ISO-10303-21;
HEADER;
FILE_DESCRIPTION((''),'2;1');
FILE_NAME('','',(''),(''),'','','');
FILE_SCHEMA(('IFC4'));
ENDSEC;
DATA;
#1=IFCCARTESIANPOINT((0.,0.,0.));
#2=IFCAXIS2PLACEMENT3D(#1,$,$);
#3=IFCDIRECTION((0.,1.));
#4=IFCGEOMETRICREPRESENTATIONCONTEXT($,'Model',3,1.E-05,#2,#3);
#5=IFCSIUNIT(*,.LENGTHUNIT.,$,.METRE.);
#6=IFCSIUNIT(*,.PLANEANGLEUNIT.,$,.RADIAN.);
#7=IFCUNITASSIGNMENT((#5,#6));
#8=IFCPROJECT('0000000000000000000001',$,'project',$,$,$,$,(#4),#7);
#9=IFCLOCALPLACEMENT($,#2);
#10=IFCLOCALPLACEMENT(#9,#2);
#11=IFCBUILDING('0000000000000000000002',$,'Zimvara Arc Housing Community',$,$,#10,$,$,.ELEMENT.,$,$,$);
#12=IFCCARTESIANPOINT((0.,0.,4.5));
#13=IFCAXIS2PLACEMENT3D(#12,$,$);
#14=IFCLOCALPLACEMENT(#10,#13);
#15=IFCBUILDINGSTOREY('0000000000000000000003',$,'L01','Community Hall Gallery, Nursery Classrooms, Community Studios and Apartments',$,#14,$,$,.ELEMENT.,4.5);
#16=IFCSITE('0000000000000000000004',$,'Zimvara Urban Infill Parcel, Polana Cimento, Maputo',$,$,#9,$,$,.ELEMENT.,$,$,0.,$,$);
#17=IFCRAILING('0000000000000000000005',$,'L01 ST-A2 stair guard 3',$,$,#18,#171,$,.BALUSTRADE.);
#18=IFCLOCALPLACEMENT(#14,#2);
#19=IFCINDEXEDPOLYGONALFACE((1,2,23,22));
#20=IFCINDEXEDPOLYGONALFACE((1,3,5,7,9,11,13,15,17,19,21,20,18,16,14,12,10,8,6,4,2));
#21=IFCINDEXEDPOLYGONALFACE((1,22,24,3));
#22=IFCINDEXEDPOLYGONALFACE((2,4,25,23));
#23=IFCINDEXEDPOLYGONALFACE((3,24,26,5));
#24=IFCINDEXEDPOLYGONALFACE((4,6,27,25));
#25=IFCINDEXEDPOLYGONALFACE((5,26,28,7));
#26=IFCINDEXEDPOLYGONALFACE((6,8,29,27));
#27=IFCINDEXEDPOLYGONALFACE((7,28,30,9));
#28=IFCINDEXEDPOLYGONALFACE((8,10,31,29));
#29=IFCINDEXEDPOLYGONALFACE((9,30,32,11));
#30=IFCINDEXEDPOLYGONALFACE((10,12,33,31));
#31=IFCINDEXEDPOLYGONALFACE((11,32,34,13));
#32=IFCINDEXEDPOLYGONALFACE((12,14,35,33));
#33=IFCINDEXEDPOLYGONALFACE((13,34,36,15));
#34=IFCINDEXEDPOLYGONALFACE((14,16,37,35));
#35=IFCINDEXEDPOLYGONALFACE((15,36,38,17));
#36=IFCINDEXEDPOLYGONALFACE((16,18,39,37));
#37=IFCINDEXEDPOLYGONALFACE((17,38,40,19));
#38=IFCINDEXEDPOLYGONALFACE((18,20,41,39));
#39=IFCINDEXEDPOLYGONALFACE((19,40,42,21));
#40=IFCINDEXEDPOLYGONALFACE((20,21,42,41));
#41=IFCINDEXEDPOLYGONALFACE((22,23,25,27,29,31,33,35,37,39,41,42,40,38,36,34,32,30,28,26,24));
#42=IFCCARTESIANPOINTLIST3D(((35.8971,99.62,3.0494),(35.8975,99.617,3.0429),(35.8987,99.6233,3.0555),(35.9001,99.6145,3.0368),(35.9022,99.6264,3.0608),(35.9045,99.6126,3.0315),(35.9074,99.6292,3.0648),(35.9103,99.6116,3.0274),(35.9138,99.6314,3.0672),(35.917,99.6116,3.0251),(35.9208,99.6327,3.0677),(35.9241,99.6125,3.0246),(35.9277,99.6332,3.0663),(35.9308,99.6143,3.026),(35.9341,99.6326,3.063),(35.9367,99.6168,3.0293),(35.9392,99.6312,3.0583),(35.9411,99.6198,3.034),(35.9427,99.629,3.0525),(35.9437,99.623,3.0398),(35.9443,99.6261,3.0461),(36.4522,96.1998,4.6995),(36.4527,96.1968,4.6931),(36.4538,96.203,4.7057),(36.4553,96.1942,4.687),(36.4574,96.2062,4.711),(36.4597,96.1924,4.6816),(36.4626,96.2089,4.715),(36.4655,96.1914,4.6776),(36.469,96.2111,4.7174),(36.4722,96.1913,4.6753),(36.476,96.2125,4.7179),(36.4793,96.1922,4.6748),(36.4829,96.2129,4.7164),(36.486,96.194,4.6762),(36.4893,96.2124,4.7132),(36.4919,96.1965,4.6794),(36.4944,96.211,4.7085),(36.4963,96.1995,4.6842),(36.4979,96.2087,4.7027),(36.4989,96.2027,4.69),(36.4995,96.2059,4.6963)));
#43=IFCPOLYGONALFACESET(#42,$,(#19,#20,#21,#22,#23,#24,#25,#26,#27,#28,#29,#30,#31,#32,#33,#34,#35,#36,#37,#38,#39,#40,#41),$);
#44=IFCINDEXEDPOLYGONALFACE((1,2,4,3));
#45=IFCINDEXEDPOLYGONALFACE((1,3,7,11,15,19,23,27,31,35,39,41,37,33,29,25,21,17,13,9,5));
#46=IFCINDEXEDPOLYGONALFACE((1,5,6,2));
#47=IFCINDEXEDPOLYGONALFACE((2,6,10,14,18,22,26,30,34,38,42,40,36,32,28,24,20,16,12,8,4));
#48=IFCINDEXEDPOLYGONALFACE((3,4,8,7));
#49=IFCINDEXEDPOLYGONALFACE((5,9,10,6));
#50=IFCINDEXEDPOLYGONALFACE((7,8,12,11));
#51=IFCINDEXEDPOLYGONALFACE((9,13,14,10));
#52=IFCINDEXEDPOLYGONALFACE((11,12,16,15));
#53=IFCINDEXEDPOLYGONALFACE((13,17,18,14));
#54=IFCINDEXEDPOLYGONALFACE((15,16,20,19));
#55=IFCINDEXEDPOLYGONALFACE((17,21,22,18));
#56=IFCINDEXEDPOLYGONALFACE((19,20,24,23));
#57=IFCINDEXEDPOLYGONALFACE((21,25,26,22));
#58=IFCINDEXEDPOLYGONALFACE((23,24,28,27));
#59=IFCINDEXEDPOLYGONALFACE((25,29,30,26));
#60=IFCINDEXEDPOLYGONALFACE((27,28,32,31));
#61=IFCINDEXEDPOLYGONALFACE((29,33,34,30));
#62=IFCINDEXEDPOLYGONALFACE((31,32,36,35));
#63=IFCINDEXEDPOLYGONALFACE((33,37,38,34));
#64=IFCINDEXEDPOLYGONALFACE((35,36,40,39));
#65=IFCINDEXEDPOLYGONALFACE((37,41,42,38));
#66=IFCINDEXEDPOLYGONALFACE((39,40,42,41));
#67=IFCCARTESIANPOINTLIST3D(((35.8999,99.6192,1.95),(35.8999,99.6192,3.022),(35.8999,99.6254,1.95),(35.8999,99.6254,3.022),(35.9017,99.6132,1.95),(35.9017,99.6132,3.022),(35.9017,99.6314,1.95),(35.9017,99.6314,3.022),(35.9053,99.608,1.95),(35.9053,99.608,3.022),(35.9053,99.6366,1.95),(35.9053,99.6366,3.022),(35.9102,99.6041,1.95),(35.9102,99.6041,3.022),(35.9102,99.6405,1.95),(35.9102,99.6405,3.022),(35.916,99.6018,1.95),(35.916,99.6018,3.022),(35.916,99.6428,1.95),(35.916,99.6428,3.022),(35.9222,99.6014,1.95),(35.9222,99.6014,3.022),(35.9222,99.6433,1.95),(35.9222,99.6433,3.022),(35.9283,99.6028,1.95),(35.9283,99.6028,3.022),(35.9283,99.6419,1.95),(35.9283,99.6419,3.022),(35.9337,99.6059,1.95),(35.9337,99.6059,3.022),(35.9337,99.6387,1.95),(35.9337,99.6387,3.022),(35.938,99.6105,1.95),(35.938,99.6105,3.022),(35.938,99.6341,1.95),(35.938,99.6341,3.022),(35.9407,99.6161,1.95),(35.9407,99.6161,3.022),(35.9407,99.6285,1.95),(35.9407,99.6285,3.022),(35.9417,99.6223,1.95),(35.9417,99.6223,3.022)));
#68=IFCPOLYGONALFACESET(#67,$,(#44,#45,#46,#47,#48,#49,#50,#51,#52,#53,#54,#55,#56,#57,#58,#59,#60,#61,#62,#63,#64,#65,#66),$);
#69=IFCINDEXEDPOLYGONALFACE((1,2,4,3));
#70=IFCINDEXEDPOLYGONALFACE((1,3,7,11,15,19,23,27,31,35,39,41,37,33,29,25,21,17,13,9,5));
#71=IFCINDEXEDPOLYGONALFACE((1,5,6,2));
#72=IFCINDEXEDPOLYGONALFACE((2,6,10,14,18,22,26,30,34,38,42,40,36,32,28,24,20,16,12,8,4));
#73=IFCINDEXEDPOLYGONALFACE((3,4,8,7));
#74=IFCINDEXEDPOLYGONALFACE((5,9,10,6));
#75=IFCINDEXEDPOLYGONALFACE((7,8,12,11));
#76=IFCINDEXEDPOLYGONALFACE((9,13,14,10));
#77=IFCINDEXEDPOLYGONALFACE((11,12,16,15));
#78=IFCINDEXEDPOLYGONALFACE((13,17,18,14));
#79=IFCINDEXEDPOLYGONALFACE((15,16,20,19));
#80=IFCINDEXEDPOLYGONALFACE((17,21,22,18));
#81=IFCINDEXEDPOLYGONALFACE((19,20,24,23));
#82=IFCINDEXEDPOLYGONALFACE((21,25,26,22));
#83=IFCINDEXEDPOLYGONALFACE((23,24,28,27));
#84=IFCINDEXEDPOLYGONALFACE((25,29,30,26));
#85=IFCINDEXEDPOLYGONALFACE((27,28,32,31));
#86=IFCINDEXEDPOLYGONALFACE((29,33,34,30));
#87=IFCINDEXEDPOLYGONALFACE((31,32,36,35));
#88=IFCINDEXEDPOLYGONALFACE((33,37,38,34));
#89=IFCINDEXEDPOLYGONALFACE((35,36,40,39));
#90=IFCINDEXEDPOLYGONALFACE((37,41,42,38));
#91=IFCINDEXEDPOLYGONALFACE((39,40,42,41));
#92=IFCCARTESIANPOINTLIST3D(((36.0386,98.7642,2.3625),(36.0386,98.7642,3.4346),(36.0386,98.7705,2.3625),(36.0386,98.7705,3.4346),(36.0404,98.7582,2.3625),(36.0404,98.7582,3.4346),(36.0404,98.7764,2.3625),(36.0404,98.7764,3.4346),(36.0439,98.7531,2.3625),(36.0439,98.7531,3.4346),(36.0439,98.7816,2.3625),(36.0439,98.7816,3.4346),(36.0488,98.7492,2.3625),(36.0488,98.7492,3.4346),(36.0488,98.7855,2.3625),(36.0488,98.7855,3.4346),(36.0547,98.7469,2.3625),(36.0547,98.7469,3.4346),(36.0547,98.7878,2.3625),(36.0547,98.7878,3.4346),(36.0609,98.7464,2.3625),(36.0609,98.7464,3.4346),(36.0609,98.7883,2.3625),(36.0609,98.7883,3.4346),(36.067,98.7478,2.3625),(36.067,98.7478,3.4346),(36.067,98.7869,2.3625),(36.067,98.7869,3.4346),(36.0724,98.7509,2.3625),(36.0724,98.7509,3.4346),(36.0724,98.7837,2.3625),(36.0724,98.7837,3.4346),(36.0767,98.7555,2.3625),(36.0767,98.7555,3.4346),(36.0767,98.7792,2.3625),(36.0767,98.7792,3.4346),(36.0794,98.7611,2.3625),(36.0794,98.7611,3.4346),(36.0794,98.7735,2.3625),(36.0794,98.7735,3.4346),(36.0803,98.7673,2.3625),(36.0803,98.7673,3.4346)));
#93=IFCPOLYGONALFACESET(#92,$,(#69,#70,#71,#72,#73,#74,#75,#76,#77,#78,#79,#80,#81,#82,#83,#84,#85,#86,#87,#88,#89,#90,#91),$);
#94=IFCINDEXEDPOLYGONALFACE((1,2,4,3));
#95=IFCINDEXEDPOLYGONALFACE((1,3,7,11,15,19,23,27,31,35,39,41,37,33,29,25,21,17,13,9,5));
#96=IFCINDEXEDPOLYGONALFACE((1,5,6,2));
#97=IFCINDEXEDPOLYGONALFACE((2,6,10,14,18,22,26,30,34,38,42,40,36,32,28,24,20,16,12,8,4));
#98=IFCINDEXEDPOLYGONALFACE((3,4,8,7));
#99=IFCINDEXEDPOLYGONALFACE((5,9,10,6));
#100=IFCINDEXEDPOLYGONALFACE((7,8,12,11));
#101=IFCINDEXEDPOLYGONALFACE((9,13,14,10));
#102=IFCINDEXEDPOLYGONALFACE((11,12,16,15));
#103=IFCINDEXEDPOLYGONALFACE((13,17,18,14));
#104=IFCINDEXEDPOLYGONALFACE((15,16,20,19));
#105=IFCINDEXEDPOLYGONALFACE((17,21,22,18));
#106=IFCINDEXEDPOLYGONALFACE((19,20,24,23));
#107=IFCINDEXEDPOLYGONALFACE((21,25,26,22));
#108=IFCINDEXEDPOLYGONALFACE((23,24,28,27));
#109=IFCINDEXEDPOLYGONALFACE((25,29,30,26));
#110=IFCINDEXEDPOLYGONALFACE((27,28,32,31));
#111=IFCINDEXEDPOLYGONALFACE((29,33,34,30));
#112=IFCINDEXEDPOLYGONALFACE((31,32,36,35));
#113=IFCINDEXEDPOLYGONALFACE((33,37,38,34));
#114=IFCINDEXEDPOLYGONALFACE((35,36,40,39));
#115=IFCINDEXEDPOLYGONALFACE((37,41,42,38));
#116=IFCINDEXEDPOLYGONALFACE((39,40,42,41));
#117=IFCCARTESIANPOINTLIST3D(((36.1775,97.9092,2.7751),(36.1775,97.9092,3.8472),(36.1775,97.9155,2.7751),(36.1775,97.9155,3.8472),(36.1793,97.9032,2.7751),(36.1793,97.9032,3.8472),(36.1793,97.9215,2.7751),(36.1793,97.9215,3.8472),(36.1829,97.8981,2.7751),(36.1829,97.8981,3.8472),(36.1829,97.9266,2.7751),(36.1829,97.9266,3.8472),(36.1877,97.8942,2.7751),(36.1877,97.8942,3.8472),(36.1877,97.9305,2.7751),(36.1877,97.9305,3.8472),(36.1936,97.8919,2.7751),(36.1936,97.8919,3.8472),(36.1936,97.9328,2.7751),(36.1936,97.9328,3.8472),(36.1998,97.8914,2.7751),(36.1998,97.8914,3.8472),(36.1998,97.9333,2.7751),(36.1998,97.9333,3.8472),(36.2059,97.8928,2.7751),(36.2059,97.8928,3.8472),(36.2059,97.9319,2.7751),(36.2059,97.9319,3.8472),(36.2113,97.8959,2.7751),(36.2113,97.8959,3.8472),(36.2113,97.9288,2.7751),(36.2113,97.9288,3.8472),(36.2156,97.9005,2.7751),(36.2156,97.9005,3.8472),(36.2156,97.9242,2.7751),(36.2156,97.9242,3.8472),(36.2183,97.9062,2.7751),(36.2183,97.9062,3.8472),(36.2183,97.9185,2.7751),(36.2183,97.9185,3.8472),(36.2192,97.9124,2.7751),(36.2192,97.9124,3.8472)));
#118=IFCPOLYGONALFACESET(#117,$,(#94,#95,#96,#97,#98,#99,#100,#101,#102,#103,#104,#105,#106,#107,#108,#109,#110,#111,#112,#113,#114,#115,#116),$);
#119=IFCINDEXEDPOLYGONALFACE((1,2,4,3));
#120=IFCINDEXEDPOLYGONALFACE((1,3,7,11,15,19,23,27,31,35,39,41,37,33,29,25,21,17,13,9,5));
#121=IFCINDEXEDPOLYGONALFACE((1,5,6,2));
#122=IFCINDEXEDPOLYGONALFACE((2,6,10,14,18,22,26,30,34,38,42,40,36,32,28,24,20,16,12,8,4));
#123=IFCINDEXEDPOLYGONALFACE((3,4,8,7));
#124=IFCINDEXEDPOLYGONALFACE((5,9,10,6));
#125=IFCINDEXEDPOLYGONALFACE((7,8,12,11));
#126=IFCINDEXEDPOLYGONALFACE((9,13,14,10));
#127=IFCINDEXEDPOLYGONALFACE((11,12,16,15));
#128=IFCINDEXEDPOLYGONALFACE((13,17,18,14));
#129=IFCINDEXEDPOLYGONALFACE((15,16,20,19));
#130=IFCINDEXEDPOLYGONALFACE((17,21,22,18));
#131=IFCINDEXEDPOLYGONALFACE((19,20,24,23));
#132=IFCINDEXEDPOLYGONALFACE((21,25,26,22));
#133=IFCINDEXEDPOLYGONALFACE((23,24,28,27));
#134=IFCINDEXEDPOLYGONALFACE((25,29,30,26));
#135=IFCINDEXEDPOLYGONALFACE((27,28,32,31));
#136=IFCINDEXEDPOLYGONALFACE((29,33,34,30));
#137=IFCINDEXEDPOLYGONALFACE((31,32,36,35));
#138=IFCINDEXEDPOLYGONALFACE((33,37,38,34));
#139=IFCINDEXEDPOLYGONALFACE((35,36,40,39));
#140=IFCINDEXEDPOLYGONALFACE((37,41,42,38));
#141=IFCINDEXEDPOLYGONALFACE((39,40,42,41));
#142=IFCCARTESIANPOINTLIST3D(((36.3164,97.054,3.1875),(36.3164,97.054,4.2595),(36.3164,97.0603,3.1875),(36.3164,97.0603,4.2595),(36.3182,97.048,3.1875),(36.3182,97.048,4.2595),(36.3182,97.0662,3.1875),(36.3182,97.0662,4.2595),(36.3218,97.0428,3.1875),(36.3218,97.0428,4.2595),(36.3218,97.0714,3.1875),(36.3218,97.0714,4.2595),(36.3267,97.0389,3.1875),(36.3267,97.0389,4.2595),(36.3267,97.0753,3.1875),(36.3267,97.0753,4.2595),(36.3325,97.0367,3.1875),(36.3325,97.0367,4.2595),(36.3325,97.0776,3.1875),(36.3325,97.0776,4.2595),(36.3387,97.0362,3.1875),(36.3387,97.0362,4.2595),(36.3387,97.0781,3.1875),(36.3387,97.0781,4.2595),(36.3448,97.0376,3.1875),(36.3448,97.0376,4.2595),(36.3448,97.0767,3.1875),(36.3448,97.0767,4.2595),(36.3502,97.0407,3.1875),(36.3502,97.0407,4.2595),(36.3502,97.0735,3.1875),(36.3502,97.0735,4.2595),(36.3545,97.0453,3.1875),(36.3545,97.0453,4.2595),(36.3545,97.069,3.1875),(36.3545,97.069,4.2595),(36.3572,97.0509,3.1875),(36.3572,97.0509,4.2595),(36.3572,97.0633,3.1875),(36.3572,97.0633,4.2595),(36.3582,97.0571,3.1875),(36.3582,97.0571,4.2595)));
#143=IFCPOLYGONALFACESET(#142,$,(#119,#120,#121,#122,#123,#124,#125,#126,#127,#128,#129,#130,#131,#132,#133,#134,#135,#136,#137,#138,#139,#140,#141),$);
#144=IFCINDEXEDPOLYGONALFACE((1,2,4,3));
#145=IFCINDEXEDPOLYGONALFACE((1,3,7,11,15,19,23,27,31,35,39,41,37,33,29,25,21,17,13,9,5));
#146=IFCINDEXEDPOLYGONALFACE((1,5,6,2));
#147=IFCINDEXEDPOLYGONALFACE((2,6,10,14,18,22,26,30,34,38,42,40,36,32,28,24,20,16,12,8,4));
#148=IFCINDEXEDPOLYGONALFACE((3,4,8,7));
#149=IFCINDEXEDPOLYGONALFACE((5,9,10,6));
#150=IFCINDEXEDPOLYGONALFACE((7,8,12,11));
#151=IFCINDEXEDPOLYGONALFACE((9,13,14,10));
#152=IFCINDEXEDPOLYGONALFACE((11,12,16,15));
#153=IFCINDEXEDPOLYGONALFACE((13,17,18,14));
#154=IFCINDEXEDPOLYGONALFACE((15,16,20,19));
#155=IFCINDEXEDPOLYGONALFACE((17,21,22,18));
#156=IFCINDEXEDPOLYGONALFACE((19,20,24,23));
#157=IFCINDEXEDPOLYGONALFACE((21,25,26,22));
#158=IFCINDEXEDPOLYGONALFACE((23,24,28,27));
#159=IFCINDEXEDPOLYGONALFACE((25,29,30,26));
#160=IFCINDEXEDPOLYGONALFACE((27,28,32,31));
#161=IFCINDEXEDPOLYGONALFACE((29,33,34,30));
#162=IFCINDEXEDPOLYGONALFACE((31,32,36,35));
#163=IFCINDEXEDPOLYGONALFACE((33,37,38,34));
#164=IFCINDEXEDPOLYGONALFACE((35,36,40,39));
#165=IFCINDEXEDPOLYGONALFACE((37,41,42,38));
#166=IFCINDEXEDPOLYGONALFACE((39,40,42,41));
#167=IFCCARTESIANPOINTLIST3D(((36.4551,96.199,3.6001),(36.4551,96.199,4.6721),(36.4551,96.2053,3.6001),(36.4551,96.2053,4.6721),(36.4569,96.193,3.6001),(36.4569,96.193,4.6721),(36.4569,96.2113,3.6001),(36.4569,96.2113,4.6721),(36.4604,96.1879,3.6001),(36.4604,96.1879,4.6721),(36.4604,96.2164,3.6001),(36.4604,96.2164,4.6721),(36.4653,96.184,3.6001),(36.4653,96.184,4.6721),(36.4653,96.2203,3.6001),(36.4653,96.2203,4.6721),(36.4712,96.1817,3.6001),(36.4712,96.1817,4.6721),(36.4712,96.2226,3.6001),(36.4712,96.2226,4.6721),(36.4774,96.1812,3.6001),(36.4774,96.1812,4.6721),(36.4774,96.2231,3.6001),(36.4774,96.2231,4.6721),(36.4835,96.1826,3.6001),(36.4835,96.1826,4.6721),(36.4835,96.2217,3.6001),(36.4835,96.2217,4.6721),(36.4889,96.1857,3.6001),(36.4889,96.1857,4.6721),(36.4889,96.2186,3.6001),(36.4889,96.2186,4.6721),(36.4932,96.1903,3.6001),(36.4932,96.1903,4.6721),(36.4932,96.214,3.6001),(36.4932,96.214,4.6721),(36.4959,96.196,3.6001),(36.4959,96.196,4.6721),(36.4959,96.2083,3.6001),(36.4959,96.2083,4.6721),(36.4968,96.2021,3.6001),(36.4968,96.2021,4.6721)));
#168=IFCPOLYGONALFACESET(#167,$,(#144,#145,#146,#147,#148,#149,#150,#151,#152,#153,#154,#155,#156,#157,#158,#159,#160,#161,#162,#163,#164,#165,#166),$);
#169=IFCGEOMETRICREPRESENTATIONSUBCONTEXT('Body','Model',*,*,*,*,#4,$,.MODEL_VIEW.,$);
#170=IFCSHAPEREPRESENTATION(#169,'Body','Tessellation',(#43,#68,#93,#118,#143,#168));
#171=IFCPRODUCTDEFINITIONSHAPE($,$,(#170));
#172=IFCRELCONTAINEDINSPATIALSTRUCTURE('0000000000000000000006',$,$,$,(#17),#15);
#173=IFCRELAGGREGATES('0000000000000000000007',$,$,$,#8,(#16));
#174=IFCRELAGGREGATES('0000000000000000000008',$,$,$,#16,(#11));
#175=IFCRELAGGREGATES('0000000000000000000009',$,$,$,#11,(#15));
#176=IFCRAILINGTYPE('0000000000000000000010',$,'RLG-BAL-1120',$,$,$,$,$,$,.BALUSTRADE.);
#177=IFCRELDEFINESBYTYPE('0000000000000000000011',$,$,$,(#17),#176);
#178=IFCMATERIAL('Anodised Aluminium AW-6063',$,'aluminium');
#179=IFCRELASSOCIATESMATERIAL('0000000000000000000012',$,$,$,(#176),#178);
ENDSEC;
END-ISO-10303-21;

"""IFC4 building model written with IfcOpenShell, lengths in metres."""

from ifc_helpers import new_model, si_unit, direction, frame, origin, origin_2d, place, context, subcontext, project, spatial, circle, extrude, material, type_object, element, save


model = new_model("IFC4")

# Units and contexts
model_context = context("Model", 3, precision=1e-05, world=origin(), true_north=direction((0.0, 1.0)))
body_context = subcontext(model_context, "Body", "Model", "MODEL_VIEW")
ifc_project = project(units=[si_unit("LENGTHUNIT", "METRE"), si_unit("PLANEANGLEUNIT", "RADIAN")], contexts=[model_context])

# Site, building, storey
site_placement = place(None, origin())
site = spatial("IfcSite", under=ifc_project, at=site_placement, Name="Zimvara Urban Infill Parcel, Polana Cimento, Maputo", CompositionType="ELEMENT", RefElevation=0.0)
building_placement = place(site_placement, origin())
building = spatial("IfcBuilding", under=site, at=building_placement, Name="Zimvara Arc Housing Community", CompositionType="ELEMENT")
storey_placement = place(building_placement, frame((0.0, 0.0, 4.5)))
storey = spatial("IfcBuildingStorey", under=building, at=storey_placement, Name="L01", Description="Community Hall Gallery, Nursery Classrooms, Community Studios and Apartments", CompositionType="ELEMENT", Elevation=4.5)

# Railing
ifc_material_1 = material(Name="Anodised Aluminium AW-6063", Category="aluminium")
railing_type_1 = type_object("IfcRailingType", Name="RLG-BAL-1120", PredefinedType="BALUSTRADE", material=ifc_material_1)
railing_1_placement = place(storey_placement, frame((35.9207, 99.6223, 1.95)))
element("IfcRailing", 1, at=railing_1_placement, inside=storey, type_object=railing_type_1, Name="L01 ST-A2 stair guard 3", PredefinedType="BALUSTRADE", context=body_context, shape_type="SweptSolid", body=[
    extrude(circle(Radius=0.0239, at=origin_2d()), frame((0.0, 0.0, 1.0962), z_axis=(0.14466, -0.891178, 0.429972), x_axis=(0.98708, 0.160227, 0.0)), (0.0, 0.0, 1.0), 3.8379),
    extrude(circle(Radius=0.021, at=origin_2d()), origin(), (0.0, 0.0, 1.0), 1.072),
    extrude(circle(Radius=0.021, at=origin_2d()), frame((0.1387, -0.855, 0.4126)), (0.0, 0.0, 1.0), 1.072),
    extrude(circle(Radius=0.021, at=origin_2d()), frame((0.2776, -1.71, 0.8252)), (0.0, 0.0, 1.0), 1.072),
    extrude(circle(Radius=0.021, at=origin_2d()), frame((0.4165, -2.5652, 1.2375)), (0.0, 0.0, 1.0), 1.072),
    extrude(circle(Radius=0.021, at=origin_2d()), frame((0.5552, -3.4202, 1.6501)), (0.0, 0.0, 1.0), 1.072),
])

save(model, "model.ifc")
